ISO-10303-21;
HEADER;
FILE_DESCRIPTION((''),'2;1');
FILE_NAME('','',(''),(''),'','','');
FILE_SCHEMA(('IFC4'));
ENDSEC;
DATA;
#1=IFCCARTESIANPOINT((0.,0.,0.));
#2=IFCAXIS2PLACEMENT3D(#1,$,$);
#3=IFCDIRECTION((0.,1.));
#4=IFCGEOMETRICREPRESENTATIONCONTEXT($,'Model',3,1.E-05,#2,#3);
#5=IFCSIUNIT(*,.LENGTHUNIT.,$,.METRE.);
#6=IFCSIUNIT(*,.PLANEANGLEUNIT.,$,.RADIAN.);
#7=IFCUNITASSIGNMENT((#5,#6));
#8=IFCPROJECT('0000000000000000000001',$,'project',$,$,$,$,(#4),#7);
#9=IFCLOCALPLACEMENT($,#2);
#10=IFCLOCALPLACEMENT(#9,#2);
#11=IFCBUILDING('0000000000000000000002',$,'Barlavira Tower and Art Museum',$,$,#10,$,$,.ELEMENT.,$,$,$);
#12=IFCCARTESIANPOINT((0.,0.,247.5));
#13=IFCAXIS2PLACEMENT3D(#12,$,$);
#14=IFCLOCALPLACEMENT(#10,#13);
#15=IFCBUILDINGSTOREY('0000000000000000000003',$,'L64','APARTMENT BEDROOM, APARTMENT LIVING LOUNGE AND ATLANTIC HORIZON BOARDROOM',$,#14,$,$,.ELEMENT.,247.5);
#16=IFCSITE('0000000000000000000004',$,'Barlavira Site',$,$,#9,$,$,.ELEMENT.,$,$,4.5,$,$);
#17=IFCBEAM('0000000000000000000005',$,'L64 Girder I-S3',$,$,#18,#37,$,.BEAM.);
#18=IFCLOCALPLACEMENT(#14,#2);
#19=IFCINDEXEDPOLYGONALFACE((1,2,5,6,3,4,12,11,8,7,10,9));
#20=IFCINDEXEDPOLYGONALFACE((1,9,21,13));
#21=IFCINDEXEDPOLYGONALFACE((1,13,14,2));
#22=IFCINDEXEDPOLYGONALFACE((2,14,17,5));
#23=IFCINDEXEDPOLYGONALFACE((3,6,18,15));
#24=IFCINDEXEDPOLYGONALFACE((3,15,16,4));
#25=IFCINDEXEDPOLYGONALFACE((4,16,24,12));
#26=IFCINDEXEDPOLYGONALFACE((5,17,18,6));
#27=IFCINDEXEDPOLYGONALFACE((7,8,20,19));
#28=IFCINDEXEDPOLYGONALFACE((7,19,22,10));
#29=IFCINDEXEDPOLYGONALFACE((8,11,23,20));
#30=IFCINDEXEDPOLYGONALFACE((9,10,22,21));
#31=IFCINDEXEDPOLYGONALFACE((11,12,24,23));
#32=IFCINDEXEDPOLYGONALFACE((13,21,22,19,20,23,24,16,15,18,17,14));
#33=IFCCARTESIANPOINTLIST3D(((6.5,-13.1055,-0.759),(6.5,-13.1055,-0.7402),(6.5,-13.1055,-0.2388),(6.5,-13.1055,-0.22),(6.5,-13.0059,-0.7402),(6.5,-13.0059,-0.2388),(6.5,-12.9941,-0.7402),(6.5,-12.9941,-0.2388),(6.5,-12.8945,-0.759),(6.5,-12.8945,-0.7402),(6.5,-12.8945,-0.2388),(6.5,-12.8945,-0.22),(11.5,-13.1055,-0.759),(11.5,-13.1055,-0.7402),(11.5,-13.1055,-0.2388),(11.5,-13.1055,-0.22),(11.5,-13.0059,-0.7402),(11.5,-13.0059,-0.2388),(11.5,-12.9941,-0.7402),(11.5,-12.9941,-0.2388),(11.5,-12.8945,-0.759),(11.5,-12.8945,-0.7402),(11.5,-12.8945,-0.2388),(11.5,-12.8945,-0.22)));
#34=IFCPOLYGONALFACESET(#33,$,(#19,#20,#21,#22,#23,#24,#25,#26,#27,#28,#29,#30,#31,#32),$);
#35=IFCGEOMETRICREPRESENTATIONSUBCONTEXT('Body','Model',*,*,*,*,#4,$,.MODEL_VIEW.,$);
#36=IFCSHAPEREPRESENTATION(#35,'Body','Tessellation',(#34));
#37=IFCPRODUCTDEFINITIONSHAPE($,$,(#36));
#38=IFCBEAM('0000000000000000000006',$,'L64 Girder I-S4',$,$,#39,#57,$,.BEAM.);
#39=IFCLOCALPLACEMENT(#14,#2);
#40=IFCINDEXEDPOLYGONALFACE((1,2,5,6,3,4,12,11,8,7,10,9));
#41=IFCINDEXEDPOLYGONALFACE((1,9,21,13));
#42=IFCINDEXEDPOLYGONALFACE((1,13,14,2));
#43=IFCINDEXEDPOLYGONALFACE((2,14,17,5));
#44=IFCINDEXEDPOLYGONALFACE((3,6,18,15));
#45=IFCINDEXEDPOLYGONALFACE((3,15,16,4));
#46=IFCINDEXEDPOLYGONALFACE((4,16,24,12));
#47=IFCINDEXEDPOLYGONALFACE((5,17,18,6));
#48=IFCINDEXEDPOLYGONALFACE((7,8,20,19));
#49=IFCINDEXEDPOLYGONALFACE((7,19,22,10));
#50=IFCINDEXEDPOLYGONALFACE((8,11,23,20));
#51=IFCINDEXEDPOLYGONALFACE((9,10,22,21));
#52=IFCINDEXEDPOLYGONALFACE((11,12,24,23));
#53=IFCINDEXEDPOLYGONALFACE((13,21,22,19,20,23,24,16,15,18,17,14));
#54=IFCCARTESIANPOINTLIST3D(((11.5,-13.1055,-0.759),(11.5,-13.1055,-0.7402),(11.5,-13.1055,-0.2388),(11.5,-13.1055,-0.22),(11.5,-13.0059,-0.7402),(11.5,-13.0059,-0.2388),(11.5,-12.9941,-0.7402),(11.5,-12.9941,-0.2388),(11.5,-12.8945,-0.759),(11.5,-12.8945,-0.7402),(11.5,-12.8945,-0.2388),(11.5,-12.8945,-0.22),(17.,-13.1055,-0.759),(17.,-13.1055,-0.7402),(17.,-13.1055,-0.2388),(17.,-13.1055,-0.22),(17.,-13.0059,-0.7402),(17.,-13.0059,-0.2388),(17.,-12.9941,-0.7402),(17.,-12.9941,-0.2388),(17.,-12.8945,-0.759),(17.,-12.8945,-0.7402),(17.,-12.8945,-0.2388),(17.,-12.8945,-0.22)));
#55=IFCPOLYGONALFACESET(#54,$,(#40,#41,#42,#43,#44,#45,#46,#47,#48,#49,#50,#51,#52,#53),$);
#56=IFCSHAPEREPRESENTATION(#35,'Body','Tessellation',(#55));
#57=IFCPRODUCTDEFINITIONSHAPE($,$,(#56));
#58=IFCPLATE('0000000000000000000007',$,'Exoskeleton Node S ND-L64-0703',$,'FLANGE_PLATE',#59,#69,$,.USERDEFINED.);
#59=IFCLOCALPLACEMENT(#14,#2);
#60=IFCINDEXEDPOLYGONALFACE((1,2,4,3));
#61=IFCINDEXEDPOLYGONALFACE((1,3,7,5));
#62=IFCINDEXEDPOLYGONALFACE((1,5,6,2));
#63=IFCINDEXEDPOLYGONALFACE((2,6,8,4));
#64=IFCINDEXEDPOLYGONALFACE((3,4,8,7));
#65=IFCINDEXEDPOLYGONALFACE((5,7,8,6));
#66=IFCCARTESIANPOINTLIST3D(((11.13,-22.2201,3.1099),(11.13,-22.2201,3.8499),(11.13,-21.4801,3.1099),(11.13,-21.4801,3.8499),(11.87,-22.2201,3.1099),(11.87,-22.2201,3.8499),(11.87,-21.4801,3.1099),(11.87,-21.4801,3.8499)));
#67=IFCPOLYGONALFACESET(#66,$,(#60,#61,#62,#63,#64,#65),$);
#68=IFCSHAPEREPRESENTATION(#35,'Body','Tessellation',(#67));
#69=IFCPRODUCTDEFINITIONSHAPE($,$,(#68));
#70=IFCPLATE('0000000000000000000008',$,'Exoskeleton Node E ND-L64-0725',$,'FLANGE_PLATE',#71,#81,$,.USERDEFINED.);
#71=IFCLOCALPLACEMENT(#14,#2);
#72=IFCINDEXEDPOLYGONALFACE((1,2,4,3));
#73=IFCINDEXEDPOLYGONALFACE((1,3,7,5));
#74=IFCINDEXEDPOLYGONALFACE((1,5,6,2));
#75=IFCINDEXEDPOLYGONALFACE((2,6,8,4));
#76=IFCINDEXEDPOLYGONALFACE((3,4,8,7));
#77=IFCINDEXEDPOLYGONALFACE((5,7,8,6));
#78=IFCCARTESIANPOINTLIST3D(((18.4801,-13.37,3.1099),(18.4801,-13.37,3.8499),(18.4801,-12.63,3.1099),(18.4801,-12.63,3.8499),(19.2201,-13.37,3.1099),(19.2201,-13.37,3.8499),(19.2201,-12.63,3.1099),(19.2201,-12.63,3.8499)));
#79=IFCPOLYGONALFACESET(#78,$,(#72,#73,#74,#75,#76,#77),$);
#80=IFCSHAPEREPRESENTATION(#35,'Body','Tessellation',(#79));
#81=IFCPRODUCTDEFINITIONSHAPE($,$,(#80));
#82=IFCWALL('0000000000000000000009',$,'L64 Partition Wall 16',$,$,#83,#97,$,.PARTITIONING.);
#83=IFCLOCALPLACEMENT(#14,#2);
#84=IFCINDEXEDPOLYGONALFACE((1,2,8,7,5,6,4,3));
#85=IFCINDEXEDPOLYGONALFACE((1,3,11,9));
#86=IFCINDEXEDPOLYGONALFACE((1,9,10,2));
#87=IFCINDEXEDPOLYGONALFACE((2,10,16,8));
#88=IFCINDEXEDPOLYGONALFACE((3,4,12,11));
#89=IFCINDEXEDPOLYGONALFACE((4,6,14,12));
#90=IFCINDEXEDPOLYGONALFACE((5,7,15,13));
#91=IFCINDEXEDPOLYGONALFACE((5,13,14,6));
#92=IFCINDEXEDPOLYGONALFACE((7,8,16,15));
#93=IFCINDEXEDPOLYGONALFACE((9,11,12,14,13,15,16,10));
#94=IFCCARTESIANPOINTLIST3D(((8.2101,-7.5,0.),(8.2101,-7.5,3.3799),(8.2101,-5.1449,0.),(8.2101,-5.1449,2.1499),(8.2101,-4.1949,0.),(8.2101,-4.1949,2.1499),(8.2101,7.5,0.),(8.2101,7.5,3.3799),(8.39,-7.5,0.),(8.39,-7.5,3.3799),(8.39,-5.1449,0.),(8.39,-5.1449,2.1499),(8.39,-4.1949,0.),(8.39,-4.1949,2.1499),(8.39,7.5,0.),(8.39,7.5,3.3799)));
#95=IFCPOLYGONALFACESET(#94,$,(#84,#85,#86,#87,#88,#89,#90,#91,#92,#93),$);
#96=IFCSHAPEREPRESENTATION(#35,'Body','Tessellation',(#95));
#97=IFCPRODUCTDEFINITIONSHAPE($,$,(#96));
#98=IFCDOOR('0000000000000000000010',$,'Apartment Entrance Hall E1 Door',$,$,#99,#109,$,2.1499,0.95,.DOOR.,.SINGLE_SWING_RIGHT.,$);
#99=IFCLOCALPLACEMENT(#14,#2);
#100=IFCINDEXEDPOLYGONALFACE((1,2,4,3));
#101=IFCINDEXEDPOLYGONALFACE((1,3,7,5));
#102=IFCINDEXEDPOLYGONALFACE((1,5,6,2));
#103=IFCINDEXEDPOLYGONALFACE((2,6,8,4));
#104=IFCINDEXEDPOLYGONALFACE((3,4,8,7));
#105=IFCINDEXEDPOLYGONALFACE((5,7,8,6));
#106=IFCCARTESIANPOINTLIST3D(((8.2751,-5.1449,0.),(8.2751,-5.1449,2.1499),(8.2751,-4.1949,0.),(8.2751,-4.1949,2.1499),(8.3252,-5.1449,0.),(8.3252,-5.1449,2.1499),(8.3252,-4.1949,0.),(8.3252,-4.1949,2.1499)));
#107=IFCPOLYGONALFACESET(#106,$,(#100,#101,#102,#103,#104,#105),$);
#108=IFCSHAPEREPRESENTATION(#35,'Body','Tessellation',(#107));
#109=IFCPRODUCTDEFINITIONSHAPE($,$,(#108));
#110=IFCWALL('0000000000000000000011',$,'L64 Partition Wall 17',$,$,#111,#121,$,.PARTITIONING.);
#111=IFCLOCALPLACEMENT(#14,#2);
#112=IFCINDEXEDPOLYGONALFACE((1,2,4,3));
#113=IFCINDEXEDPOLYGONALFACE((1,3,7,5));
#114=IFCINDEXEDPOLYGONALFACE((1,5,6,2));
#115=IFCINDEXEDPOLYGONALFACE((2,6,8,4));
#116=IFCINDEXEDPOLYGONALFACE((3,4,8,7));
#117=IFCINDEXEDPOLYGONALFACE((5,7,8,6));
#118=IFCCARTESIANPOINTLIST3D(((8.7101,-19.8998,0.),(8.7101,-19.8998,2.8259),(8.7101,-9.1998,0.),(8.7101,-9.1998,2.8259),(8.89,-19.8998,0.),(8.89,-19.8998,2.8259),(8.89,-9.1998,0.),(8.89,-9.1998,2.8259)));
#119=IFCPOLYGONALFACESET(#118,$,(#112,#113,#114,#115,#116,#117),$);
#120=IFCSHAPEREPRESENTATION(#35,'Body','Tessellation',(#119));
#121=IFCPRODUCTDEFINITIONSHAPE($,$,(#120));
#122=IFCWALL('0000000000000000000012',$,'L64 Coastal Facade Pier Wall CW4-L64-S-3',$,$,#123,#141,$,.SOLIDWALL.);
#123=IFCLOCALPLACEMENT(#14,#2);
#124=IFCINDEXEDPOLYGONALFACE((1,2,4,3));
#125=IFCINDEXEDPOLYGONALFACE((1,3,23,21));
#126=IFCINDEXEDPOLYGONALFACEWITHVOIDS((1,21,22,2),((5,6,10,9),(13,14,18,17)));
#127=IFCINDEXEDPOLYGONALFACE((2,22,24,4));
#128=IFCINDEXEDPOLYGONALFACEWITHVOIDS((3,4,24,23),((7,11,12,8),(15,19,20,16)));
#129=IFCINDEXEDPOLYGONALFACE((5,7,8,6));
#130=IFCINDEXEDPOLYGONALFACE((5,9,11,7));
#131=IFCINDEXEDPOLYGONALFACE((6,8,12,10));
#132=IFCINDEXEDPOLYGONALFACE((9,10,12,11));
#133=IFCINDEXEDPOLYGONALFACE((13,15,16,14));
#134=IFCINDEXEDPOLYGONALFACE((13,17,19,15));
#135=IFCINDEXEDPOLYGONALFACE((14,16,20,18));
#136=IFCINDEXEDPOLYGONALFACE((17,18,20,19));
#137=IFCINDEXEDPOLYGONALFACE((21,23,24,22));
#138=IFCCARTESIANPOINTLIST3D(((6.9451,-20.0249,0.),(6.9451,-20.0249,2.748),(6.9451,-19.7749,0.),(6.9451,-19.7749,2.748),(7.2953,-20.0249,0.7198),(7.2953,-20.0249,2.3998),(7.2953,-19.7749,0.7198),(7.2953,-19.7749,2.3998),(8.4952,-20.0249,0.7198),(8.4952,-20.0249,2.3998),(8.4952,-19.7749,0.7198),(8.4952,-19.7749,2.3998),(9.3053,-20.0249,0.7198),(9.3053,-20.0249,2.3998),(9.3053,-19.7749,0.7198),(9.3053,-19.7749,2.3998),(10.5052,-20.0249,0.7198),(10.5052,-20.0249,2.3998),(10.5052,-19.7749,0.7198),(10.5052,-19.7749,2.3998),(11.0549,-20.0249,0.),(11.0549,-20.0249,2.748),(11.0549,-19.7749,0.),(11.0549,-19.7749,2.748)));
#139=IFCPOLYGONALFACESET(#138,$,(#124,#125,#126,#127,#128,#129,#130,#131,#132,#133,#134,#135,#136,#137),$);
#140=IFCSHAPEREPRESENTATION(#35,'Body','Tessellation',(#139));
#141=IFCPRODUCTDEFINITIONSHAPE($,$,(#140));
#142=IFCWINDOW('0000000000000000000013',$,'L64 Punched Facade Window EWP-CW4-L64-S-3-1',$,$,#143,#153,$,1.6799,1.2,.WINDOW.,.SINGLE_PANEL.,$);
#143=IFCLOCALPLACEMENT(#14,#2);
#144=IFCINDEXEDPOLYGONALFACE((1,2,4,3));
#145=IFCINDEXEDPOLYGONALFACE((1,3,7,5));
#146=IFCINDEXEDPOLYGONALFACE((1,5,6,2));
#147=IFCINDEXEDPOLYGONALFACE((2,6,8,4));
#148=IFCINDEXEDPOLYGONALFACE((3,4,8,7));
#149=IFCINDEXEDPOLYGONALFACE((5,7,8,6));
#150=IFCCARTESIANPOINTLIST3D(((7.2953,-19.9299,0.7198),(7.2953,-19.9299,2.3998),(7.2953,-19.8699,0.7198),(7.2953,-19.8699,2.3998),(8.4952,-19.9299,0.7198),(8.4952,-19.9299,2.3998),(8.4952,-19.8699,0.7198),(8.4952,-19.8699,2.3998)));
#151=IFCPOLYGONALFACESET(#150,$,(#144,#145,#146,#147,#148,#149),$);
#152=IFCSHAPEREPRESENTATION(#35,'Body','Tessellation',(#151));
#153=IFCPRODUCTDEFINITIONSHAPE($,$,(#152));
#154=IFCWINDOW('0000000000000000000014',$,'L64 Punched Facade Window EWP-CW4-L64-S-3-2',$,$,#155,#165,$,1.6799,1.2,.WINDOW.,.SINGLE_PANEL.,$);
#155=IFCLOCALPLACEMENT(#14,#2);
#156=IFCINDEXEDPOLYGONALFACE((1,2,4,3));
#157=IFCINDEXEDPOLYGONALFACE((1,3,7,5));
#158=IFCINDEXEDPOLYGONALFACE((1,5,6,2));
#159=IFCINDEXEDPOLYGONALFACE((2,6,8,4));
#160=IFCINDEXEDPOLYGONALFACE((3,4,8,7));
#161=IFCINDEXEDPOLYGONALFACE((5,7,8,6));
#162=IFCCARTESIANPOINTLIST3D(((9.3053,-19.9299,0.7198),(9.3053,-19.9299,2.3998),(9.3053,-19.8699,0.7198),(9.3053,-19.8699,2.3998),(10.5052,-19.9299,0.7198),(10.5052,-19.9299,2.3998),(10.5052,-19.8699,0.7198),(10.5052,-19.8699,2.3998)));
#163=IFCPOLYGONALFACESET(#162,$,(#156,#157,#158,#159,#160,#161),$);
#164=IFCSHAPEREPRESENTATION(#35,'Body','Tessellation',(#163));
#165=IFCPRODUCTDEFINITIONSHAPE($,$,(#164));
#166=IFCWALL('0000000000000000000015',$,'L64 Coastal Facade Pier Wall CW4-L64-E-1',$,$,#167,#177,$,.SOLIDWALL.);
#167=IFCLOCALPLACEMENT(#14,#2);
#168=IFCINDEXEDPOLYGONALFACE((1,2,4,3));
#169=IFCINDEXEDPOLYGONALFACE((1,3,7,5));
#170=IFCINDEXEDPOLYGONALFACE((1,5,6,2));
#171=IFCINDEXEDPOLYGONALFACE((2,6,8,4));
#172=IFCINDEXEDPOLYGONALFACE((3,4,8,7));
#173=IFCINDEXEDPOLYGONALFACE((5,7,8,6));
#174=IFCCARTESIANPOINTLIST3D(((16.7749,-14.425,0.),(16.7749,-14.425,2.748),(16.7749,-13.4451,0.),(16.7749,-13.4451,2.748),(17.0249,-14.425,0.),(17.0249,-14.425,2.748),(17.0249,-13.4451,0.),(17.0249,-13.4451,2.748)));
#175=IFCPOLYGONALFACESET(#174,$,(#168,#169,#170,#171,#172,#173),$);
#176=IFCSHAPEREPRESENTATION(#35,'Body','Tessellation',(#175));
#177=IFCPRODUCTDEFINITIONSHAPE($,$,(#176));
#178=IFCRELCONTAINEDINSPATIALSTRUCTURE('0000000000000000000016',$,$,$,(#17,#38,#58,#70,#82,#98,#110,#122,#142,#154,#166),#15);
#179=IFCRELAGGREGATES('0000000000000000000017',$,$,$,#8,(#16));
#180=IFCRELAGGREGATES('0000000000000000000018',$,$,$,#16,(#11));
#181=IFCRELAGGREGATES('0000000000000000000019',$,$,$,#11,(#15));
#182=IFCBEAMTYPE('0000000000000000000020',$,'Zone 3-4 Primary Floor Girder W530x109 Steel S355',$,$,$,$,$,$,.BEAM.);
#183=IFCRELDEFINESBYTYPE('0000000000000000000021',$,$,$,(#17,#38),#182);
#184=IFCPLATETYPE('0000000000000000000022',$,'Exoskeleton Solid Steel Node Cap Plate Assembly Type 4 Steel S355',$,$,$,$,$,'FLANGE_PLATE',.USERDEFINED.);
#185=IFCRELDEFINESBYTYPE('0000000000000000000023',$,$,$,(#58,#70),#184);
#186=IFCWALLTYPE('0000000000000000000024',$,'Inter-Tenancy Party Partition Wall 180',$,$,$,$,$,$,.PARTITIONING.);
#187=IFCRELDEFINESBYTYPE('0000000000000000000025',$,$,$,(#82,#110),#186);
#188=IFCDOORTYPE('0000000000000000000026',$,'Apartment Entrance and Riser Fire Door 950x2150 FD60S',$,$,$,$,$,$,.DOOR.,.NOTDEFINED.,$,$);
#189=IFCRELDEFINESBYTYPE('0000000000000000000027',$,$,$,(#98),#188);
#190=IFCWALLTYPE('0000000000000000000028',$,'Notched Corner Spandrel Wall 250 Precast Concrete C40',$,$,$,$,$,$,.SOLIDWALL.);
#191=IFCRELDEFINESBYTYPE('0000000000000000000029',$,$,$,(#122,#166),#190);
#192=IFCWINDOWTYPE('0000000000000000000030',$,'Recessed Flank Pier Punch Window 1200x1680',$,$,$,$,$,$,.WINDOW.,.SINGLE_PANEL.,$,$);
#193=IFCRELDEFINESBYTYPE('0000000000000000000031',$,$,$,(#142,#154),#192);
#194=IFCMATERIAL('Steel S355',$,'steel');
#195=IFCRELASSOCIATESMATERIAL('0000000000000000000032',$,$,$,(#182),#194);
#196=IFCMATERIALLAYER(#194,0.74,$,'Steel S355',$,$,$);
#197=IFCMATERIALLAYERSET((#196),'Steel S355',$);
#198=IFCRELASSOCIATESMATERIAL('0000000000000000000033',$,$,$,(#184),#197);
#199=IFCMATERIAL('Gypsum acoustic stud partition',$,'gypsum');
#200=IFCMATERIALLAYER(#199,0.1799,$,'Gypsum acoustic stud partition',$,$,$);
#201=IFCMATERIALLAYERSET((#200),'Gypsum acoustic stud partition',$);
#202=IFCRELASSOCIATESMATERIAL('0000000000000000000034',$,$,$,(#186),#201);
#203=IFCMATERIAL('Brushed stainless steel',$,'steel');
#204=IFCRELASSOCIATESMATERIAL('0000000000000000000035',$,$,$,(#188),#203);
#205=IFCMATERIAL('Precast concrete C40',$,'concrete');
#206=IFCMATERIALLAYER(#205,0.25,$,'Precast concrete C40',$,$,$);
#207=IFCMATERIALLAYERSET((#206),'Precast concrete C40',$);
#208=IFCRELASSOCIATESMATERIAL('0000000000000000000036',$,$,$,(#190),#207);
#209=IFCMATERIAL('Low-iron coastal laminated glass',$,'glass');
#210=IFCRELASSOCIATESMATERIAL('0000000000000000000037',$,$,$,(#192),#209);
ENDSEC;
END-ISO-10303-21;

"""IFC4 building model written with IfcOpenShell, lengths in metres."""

from ifc_helpers import new_model, si_unit, direction, frame, frame_2d, origin, origin_2d, place, context, subcontext, project, spatial, rectangle, i_section, extrude, material, layer, layer_set, material_profile, profile_set, type_object, element, fill, save


model = new_model("IFC4")

# Units and contexts
model_context = context("Model", 3, precision=1e-05, world=origin(), true_north=direction((0.0, 1.0)))
body_context = subcontext(model_context, "Body", "Model", "MODEL_VIEW")
ifc_project = project(units=[si_unit("LENGTHUNIT", "METRE"), si_unit("PLANEANGLEUNIT", "RADIAN")], contexts=[model_context])

# Site, building, storey
site_placement = place(None, origin())
site = spatial("IfcSite", under=ifc_project, at=site_placement, Name="Barlavira Site", CompositionType="ELEMENT", RefElevation=4.5)
building_placement = place(site_placement, origin())
building = spatial("IfcBuilding", under=site, at=building_placement, Name="Barlavira Tower and Art Museum", CompositionType="ELEMENT")
storey_placement = place(building_placement, frame((0.0, 0.0, 247.5)))
storey = spatial("IfcBuildingStorey", under=building, at=storey_placement, Name="L64", Description="APARTMENT BEDROOM, APARTMENT LIVING LOUNGE AND ATLANTIC HORIZON BOARDROOM", CompositionType="ELEMENT", Elevation=247.5)

# Shared definitions
ifc_material_1 = material(Name="Steel S355", Category="steel")

# Beams
ifc_material_profile_1 = material_profile(ifc_material_1, i_section(OverallWidth=0.2109, OverallDepth=0.5391, WebThickness=0.0117, FlangeThickness=0.0188, at=origin_2d()), Name="W530x109.0")
ifc_profile_set_1 = profile_set([ifc_material_profile_1], Name="Steel S355")
beam_type_1 = type_object("IfcBeamType", Name="Zone 3-4 Primary Floor Girder W530x109 Steel S355", PredefinedType="BEAM", material=ifc_profile_set_1)
beam_1_placement = place(storey_placement, frame((6.5, -13.0, -0.4895), z_axis=(1.0, 0.0, 0.0), x_axis=(0.0, 1.0, 0.0)))
element("IfcBeam", 1, at=beam_1_placement, inside=storey, type_object=beam_type_1, Name="L64 Girder I-S3", PredefinedType="BEAM", context=body_context, shape_type="SweptSolid", body=[
    extrude(i_section(OverallWidth=0.2109, OverallDepth=0.5391, WebThickness=0.0117, FlangeThickness=0.0188, at=origin_2d()), origin(), (0.0, 0.0, 1.0), 5.0),
])
beam_2_placement = place(storey_placement, frame((11.5, -13.0, -0.4895), z_axis=(1.0, 0.0, 0.0), x_axis=(0.0, 1.0, 0.0)))
element("IfcBeam", 2, at=beam_2_placement, inside=storey, type_object=beam_type_1, Name="L64 Girder I-S4", PredefinedType="BEAM", context=body_context, shape_type="SweptSolid", body=[
    extrude(i_section(OverallWidth=0.2109, OverallDepth=0.5391, WebThickness=0.0117, FlangeThickness=0.0188, at=origin_2d()), origin(), (0.0, 0.0, 1.0), 5.5),
])

# Plates
ifc_layer_1 = layer(ifc_material_1, 0.74, Name="Steel S355")
ifc_layer_set_1 = layer_set([ifc_layer_1], Name="Steel S355")
plate_type = type_object("IfcPlateType", Name="Exoskeleton Solid Steel Node Cap Plate Assembly Type 4 Steel S355", ElementType="FLANGE_PLATE", PredefinedType="USERDEFINED", material=ifc_layer_set_1)
for number, where, z_axis, x_axis, name in (
    (3, (11.5, -21.8501, 3.1099), (0.0, 0.0, 1.0), (1.0, 0.0, 0.0), "Exoskeleton Node S ND-L64-0703"),
    (4, (18.8501, -13.0, 3.1099), (0.0, 0.0, 1.0), (1.0, 0.0, 0.0), "Exoskeleton Node E ND-L64-0725"),
):
    element("IfcPlate", number, at=place(storey_placement, frame(where, z_axis=z_axis, x_axis=x_axis)), inside=storey, type_object=plate_type, Name=name, ObjectType="FLANGE_PLATE", PredefinedType="USERDEFINED", context=body_context, shape_type="SweptSolid", body=[
        extrude(rectangle(XDim=0.74, YDim=0.74, at=origin_2d()), origin(), (0.0, 0.0, 1.0), 0.74),
    ])

# Wall, opening, door
ifc_material_2 = material(Name="Gypsum acoustic stud partition", Category="gypsum")
ifc_layer_2 = layer(ifc_material_2, 0.1799, Name="Gypsum acoustic stud partition")
ifc_layer_set_2 = layer_set([ifc_layer_2], Name="Gypsum acoustic stud partition")
wall_type_1 = type_object("IfcWallType", Name="Inter-Tenancy Party Partition Wall 180", PredefinedType="PARTITIONING", material=ifc_layer_set_2)
wall_1_placement = place(storey_placement, frame((8.3, -7.5, 0.0), z_axis=(0.0, 0.0, 1.0), x_axis=(0.0, 1.0, 0.0)))
wall_1 = element("IfcWall", 5, at=wall_1_placement, inside=storey, type_object=wall_type_1, Name="L64 Partition Wall 16", PredefinedType="PARTITIONING", context=body_context, shape_type="SweptSolid", body=[
    extrude(rectangle(XDim=15.0, YDim=0.1799, at=frame_2d((7.5, 0.0))), origin(), (0.0, 0.0, 1.0), 3.3799),
])
opening_1_placement = place(wall_1_placement, frame((2.355, 0.0, 0.0)))
opening_1 = element("IfcOpeningElement", 6, at=opening_1_placement, cuts=wall_1, PredefinedType="OPENING", context=body_context, shape_type="SweptSolid", body=[
    extrude(rectangle(XDim=0.95, YDim=2.1499, at=frame_2d((0.4751, 1.075))), frame((0.0, 0.1001, 0.0), z_axis=(0.0, -1.0, 0.0), x_axis=(1.0, 0.0, 0.0)), (0.0, 0.0, 1.0), 0.2),
])
ifc_material_3 = material(Name="Brushed stainless steel", Category="steel")
door_type = type_object("IfcDoorType", Name="Apartment Entrance and Riser Fire Door 950x2150 FD60S", OperationType="NOTDEFINED", PredefinedType="DOOR", material=ifc_material_3)
door_1_placement = place(opening_1_placement, origin())
door_1 = element("IfcDoor", 7, at=door_1_placement, inside=storey, type_object=door_type, Name="Apartment Entrance Hall E1 Door", OperationType="SINGLE_SWING_RIGHT", OverallHeight=2.1499, OverallWidth=0.95, PredefinedType="DOOR", context=body_context, shape_type="SweptSolid", body=[
    extrude(rectangle(XDim=0.95, YDim=2.1499, at=frame_2d((0.4751, 1.075))), frame((0.0, 0.0249, 0.0), z_axis=(0.0, -1.0, 0.0), x_axis=(1.0, 0.0, 0.0)), (0.0, 0.0, 1.0), 0.05),
])
fill(opening_1, door_1)

# Wall
wall_2_placement = place(storey_placement, frame((8.8, -19.8999, 0.0), z_axis=(0.0, 0.0, 1.0), x_axis=(0.0, 1.0, 0.0)))
element("IfcWall", 8, at=wall_2_placement, inside=storey, type_object=wall_type_1, Name="L64 Partition Wall 17", PredefinedType="PARTITIONING", context=body_context, shape_type="SweptSolid", body=[
    extrude(rectangle(XDim=10.7, YDim=0.1799, at=frame_2d((5.3501, 0.0))), origin(), (0.0, 0.0, 1.0), 2.8259),
])

# Wall, openings, windows
ifc_material_4 = material(Name="Precast concrete C40", Category="concrete")
ifc_layer_3 = layer(ifc_material_4, 0.25, Name="Precast concrete C40")
ifc_layer_set_3 = layer_set([ifc_layer_3], Name="Precast concrete C40")
wall_type_2 = type_object("IfcWallType", Name="Notched Corner Spandrel Wall 250 Precast Concrete C40", PredefinedType="SOLIDWALL", material=ifc_layer_set_3)
wall_3_placement = place(storey_placement, frame((6.9451, -19.8999, 0.0), z_axis=(0.0, 0.0, 1.0), x_axis=(1.0, 0.0, 0.0)))
wall_3 = element("IfcWall", 9, at=wall_3_placement, inside=storey, type_object=wall_type_2, Name="L64 Coastal Facade Pier Wall CW4-L64-S-3", PredefinedType="SOLIDWALL", context=body_context, shape_type="SweptSolid", body=[
    extrude(rectangle(XDim=4.1099, YDim=0.25, at=frame_2d((2.0549, 0.0))), origin(), (0.0, 0.0, 1.0), 2.748),
])
opening_2_placement = place(wall_3_placement, frame((0.3501, 0.0, 0.72)))
opening_2 = element("IfcOpeningElement", 10, at=opening_2_placement, cuts=wall_3, PredefinedType="OPENING", context=body_context, shape_type="SweptSolid", body=[
    extrude(rectangle(XDim=1.2, YDim=1.6799, at=frame_2d((0.6001, 0.8398))), frame((0.0, 0.135, 0.0), z_axis=(0.0, -1.0, 0.0), x_axis=(1.0, 0.0, 0.0)), (0.0, 0.0, 1.0), 0.27),
])
opening_3_placement = place(wall_3_placement, frame((2.3601, 0.0, 0.72)))
opening_3 = element("IfcOpeningElement", 11, at=opening_3_placement, cuts=wall_3, PredefinedType="OPENING", context=body_context, shape_type="SweptSolid", body=[
    extrude(rectangle(XDim=1.2, YDim=1.6799, at=frame_2d((0.6001, 0.8398))), frame((0.0, 0.135, 0.0), z_axis=(0.0, -1.0, 0.0), x_axis=(1.0, 0.0, 0.0)), (0.0, 0.0, 1.0), 0.27),
])
ifc_material_5 = material(Name="Low-iron coastal laminated glass", Category="glass")
window_type_1 = type_object("IfcWindowType", Name="Recessed Flank Pier Punch Window 1200x1680", PartitioningType="SINGLE_PANEL", PredefinedType="WINDOW", material=ifc_material_5)
window_1_placement = place(opening_2_placement, origin())
window_1 = element("IfcWindow", 12, at=window_1_placement, inside=storey, type_object=window_type_1, Name="L64 Punched Facade Window EWP-CW4-L64-S-3-1", OverallHeight=1.6799, OverallWidth=1.2, PartitioningType="SINGLE_PANEL", PredefinedType="WINDOW", context=body_context, shape_type="SweptSolid", body=[
    extrude(rectangle(XDim=1.2, YDim=1.6799, at=frame_2d((0.6001, 0.8398))), frame((0.0, 0.03, 0.0), z_axis=(0.0, -1.0, 0.0), x_axis=(1.0, 0.0, 0.0)), (0.0, 0.0, 1.0), 0.0601),
])
fill(opening_2, window_1)
window_2_placement = place(opening_3_placement, origin())
window_2 = element("IfcWindow", 13, at=window_2_placement, inside=storey, type_object=window_type_1, Name="L64 Punched Facade Window EWP-CW4-L64-S-3-2", OverallHeight=1.6799, OverallWidth=1.2, PartitioningType="SINGLE_PANEL", PredefinedType="WINDOW", context=body_context, shape_type="SweptSolid", body=[
    extrude(rectangle(XDim=1.2, YDim=1.6799, at=frame_2d((0.6001, 0.8398))), frame((0.0, 0.03, 0.0), z_axis=(0.0, -1.0, 0.0), x_axis=(1.0, 0.0, 0.0)), (0.0, 0.0, 1.0), 0.0601),
])
fill(opening_3, window_2)

# Wall
wall_4_placement = place(storey_placement, frame((16.8999, -14.425, 0.0), z_axis=(0.0, 0.0, 1.0), x_axis=(0.0, 1.0, 0.0)))
element("IfcWall", 14, at=wall_4_placement, inside=storey, type_object=wall_type_2, Name="L64 Coastal Facade Pier Wall CW4-L64-E-1", PredefinedType="SOLIDWALL", context=body_context, shape_type="SweptSolid", body=[
    extrude(rectangle(XDim=0.98, YDim=0.25, at=frame_2d((0.49, 0.0))), origin(), (0.0, 0.0, 1.0), 2.748),
])

save(model, "model.ifc")
